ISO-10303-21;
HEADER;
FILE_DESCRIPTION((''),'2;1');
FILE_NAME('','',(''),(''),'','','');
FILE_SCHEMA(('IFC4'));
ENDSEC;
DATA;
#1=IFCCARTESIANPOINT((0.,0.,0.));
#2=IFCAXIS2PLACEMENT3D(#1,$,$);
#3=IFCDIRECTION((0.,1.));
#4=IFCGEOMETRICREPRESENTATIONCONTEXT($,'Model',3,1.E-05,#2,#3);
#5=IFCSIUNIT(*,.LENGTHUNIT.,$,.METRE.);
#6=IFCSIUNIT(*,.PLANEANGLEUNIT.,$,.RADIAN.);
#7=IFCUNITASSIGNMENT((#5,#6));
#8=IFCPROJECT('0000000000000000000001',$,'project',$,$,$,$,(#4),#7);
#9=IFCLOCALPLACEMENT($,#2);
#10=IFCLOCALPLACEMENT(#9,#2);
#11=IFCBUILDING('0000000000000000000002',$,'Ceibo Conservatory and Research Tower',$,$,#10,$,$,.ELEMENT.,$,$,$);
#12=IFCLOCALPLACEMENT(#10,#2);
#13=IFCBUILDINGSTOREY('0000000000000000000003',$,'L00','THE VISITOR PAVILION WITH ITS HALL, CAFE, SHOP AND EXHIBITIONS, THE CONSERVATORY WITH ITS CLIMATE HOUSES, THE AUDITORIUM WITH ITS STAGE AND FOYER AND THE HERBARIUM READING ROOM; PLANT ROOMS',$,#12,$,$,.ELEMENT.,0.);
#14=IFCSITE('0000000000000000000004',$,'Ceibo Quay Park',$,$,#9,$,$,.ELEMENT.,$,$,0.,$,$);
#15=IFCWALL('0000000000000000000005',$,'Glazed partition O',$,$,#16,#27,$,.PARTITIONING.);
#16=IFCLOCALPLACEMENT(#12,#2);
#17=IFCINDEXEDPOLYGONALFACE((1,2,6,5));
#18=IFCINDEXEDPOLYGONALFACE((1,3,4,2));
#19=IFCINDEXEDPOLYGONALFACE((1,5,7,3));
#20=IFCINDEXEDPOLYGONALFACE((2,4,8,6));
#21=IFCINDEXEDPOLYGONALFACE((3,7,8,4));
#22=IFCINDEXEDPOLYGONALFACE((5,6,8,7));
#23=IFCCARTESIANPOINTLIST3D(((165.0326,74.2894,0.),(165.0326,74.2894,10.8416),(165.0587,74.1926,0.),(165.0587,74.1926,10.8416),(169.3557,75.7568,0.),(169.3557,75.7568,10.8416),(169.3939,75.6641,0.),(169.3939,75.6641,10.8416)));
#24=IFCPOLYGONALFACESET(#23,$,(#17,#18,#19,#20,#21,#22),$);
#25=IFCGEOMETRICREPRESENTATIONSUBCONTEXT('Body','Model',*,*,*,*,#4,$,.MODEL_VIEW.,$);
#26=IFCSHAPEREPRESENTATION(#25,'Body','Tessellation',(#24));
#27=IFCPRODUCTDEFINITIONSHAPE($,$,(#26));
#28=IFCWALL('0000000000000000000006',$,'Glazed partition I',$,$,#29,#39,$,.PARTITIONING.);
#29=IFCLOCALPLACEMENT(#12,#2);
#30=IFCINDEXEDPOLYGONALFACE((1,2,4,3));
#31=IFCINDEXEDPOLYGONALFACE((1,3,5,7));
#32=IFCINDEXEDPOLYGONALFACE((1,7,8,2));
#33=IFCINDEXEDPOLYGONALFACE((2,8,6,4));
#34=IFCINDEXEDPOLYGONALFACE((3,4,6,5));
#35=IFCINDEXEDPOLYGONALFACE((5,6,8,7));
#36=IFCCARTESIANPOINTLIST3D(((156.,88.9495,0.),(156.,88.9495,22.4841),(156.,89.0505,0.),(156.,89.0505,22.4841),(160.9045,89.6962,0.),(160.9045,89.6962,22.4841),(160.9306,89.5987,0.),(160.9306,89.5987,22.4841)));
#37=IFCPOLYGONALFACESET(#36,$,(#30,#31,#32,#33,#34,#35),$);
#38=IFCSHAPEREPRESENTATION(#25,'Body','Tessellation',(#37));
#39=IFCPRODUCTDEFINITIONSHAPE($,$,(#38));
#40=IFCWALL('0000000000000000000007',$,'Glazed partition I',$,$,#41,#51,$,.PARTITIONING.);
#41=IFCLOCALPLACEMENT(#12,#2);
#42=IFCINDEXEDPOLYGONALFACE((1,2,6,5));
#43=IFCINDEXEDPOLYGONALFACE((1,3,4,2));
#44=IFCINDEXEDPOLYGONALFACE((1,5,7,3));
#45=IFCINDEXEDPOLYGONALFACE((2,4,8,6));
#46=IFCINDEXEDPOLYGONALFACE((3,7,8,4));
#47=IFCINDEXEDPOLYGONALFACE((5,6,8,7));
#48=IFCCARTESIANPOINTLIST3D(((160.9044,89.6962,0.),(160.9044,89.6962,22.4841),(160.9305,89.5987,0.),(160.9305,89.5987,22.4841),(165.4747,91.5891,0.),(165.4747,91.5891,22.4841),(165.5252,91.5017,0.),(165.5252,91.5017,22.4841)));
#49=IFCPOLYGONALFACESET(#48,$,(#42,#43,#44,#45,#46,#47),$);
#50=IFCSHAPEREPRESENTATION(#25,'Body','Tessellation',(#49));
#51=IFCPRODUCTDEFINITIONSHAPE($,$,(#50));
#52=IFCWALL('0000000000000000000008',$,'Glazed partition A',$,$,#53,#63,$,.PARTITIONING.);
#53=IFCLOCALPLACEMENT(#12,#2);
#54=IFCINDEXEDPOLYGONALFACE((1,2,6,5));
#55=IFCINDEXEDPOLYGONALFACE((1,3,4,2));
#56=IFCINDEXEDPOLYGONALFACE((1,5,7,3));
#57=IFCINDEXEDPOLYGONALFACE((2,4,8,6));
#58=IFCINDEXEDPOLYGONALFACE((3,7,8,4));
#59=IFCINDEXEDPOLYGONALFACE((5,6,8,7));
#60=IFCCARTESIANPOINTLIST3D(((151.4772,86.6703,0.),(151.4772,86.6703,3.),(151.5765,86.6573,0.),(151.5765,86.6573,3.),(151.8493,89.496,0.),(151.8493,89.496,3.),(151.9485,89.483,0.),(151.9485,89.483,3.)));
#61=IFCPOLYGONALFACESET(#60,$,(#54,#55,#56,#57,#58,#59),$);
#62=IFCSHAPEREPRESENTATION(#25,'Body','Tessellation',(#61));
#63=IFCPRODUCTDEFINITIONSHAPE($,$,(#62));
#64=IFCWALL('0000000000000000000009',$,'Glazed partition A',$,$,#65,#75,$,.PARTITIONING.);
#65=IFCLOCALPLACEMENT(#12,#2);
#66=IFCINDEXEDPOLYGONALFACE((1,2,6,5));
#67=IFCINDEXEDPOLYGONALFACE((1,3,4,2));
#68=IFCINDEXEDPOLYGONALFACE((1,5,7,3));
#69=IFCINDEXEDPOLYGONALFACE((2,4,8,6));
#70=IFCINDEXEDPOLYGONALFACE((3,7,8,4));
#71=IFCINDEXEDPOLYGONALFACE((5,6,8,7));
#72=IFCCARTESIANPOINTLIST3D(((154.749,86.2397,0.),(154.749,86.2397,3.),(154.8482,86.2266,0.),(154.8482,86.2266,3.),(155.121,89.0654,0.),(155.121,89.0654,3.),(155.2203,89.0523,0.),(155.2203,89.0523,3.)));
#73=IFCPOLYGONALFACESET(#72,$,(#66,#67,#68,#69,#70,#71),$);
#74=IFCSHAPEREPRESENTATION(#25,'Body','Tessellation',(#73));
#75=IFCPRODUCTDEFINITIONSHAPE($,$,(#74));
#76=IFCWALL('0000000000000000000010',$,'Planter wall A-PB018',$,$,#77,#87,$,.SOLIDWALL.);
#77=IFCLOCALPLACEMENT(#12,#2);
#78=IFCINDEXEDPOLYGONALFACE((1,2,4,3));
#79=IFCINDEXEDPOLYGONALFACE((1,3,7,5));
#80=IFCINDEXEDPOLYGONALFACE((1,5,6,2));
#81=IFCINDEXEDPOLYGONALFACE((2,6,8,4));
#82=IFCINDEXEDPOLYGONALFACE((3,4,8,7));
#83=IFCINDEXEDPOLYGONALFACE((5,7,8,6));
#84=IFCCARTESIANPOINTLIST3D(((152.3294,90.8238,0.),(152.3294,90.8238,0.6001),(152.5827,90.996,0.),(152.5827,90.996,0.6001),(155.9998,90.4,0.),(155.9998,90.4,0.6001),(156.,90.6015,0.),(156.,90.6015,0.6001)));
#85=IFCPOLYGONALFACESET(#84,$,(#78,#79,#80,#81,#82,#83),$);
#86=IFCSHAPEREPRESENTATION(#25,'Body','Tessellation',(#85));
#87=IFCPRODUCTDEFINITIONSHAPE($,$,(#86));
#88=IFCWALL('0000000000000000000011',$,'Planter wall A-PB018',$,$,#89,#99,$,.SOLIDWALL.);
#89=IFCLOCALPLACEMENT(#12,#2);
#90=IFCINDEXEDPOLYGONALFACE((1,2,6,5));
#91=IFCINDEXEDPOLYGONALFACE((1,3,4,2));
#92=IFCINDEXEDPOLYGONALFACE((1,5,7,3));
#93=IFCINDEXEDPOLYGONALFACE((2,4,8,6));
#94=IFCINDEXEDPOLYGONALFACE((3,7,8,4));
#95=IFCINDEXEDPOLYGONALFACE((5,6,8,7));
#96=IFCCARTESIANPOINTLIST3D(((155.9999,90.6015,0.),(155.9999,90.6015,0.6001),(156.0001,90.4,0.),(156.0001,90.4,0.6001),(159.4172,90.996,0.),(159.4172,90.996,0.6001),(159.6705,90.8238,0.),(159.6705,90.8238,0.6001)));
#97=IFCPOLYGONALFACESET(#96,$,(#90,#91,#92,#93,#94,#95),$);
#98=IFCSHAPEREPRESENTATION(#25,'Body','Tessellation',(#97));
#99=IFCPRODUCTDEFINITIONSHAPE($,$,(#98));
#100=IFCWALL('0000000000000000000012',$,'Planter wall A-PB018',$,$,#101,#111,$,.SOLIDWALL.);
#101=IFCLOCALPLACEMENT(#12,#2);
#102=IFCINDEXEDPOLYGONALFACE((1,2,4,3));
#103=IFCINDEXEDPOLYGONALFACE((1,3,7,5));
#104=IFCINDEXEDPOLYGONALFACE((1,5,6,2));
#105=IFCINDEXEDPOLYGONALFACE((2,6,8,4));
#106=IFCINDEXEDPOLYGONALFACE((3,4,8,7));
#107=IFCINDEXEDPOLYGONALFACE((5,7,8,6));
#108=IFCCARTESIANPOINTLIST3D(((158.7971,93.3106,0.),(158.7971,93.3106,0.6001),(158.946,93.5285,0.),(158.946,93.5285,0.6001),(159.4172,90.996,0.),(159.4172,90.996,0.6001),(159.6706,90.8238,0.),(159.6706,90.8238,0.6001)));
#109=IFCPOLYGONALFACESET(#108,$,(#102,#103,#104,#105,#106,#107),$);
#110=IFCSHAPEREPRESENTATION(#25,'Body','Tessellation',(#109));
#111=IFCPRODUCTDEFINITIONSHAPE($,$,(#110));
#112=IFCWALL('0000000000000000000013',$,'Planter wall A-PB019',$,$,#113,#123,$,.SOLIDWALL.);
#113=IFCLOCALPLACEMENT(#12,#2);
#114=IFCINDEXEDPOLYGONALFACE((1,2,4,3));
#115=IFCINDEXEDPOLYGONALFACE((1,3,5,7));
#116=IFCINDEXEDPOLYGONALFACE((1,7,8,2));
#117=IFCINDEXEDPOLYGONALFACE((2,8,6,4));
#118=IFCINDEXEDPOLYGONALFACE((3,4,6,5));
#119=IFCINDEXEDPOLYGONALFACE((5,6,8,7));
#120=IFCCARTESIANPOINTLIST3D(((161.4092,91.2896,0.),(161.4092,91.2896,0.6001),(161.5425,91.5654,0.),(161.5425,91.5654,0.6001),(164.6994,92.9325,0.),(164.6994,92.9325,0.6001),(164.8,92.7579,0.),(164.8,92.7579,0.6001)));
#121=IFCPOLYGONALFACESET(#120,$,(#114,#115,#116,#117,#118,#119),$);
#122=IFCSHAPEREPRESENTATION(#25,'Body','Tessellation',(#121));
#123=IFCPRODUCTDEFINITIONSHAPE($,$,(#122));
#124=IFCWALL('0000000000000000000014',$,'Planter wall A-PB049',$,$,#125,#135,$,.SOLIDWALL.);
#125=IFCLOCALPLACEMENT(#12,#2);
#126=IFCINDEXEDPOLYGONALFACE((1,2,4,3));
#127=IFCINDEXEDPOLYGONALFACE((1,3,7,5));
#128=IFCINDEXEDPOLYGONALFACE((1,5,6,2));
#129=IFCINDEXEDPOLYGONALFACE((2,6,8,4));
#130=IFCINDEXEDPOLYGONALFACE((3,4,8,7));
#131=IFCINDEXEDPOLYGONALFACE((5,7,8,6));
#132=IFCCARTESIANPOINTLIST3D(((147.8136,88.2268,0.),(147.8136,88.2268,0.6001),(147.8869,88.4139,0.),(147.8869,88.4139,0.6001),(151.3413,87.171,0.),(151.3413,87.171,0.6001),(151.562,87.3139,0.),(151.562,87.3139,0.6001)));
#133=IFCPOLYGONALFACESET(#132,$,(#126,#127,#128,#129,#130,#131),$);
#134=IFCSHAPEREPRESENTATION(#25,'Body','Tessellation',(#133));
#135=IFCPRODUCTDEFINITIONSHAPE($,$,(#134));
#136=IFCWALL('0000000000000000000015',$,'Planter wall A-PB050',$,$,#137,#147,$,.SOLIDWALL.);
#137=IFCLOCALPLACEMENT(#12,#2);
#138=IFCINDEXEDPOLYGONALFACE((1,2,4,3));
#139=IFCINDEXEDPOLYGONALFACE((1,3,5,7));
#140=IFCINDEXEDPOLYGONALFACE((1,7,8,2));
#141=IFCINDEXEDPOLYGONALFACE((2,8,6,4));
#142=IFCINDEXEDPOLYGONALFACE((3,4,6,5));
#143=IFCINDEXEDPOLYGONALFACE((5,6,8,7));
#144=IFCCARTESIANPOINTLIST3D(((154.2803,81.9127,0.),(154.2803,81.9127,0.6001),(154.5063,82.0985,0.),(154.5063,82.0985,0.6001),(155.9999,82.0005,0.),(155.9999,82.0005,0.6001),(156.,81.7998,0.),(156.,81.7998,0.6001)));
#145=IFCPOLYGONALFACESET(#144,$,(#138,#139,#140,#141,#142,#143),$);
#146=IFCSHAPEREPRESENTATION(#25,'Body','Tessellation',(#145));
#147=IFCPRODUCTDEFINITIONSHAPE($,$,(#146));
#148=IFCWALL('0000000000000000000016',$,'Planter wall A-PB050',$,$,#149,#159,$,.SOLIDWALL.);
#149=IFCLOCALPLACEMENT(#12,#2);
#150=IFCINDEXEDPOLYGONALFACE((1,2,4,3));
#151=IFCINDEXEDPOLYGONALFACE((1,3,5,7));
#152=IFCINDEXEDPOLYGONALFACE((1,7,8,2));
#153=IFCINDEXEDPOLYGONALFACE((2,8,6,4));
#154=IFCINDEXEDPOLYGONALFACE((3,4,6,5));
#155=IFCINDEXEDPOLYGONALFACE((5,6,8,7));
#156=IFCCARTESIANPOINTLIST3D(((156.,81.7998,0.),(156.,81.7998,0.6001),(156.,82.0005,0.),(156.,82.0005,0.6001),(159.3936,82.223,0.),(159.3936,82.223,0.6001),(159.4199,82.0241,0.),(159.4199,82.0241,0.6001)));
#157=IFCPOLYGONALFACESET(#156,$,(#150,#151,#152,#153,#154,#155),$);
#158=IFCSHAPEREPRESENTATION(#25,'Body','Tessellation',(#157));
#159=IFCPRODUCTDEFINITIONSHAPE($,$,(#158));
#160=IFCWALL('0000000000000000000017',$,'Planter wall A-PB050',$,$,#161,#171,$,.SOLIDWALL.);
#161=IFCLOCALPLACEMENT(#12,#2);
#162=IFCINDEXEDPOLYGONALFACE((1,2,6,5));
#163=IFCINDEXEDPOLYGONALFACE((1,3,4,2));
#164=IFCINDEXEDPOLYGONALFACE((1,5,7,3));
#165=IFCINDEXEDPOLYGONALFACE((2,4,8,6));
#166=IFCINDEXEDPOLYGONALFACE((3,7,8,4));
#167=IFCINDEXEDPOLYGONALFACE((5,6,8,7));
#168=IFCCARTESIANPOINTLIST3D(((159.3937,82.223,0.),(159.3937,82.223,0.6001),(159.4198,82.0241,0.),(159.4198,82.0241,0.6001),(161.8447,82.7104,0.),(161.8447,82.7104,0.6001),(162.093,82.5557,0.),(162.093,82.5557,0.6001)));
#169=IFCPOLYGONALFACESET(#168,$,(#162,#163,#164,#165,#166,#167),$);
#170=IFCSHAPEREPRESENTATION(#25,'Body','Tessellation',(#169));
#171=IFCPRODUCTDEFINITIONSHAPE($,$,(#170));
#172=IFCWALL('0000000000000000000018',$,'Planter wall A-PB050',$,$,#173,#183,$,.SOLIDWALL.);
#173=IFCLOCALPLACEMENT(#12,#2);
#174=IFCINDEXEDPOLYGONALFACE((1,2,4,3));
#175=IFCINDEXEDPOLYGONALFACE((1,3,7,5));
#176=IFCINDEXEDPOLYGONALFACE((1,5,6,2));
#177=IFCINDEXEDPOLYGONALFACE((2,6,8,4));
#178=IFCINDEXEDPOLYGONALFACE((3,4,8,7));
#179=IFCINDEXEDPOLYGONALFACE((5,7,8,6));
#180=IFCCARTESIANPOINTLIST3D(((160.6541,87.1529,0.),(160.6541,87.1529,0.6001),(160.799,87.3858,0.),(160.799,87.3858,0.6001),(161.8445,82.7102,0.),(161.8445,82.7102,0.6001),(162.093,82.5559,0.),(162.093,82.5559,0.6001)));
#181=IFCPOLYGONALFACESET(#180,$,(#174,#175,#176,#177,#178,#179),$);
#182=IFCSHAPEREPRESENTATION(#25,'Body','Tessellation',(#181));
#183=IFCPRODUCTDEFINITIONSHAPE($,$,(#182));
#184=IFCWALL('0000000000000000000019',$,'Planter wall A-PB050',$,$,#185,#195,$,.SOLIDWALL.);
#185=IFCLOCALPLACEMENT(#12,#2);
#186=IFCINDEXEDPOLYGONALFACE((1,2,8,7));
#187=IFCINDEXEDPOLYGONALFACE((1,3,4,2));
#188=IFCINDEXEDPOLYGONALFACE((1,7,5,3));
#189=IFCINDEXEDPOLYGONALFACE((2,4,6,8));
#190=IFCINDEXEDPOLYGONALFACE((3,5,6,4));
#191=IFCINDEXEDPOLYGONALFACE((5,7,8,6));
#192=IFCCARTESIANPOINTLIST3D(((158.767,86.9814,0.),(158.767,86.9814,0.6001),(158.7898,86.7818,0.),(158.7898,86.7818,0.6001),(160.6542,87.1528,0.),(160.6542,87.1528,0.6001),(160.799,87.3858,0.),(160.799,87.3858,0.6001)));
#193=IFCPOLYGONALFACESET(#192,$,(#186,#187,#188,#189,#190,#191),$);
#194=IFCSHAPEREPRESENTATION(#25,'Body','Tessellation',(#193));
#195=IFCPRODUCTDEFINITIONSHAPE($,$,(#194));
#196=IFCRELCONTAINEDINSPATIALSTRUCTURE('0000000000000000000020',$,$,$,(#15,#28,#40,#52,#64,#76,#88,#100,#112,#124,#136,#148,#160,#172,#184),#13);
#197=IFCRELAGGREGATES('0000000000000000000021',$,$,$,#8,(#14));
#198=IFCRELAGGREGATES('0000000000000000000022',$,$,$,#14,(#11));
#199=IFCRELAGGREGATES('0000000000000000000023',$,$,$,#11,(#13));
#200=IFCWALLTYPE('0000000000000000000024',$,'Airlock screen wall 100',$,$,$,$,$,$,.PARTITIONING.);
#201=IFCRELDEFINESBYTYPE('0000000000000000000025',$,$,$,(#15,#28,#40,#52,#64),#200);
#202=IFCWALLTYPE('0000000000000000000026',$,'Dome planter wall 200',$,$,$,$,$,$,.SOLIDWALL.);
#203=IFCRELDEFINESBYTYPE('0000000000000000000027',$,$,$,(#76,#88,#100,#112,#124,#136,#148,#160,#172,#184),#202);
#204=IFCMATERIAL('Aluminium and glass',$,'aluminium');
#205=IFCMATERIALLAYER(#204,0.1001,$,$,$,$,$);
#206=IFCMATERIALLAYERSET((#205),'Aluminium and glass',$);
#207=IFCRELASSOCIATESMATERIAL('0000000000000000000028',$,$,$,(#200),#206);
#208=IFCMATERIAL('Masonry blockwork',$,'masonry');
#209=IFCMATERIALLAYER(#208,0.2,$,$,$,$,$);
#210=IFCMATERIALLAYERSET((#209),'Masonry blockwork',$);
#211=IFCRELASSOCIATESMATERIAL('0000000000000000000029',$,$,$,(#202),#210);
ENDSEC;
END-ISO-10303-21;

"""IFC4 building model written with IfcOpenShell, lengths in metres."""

from ifc_helpers import new_model, si_unit, direction, frame, frame_2d, origin, place, context, subcontext, project, spatial, polyline, rectangle, outline, extrude, material, layer, layer_set, type_object, element, save


model = new_model("IFC4")

# Units and contexts
model_context = context("Model", 3, precision=1e-05, world=origin(), true_north=direction((0.0, 1.0)))
body_context = subcontext(model_context, "Body", "Model", "MODEL_VIEW")
ifc_project = project(units=[si_unit("LENGTHUNIT", "METRE"), si_unit("PLANEANGLEUNIT", "RADIAN")], contexts=[model_context])

# Site, building, storey
site_placement = place(None, origin())
site = spatial("IfcSite", under=ifc_project, at=site_placement, Name="Ceibo Quay Park", CompositionType="ELEMENT", RefElevation=0.0)
building_placement = place(site_placement, origin())
building = spatial("IfcBuilding", under=site, at=building_placement, Name="Ceibo Conservatory and Research Tower", CompositionType="ELEMENT")
storey_placement = place(building_placement, origin())
storey = spatial("IfcBuildingStorey", under=building, at=storey_placement, Name="L00", Description="THE VISITOR PAVILION WITH ITS HALL, CAFE, SHOP AND EXHIBITIONS, THE CONSERVATORY WITH ITS CLIMATE HOUSES, THE AUDITORIUM WITH ITS STAGE AND FOYER AND THE HERBARIUM READING ROOM; PLANT ROOMS", CompositionType="ELEMENT", Elevation=0.0)

# Walls
ifc_material_1 = material(Name="Aluminium and glass", Category="aluminium")
ifc_layer_1 = layer(ifc_material_1, 0.1001)
ifc_layer_set_1 = layer_set([ifc_layer_1], Name="Aluminium and glass")
wall_type_1 = type_object("IfcWallType", Name="Airlock screen wall 100", PredefinedType="PARTITIONING", material=ifc_layer_set_1)
wall_1_placement = place(storey_placement, frame((165.0457, 74.241, 0.0), z_axis=(0.0, 0.0, 1.0), x_axis=(0.946933, 0.32143, 0.0)))
element("IfcWall", 1, at=wall_1_placement, inside=storey, type_object=wall_type_1, Name="Glazed partition O", PredefinedType="PARTITIONING", context=body_context, shape_type="SweptSolid", body=[
    extrude(outline(polyline([(-0.0032, -0.05), (4.575, -0.05), (4.5686, 0.05), (0.0032, 0.05), (-0.0032, -0.05)])), origin(), (0.0, 0.0, 1.0), 10.8416),
])
for number, where, z_axis, x_axis, name in (
    (2, (156.0, 89.0, 0.0), (0.0, 0.0, 1.0), (0.991443, 0.130539, 0.0), "Glazed partition I"),
    (3, (160.9175, 89.6475, 0.0), (0.0, 0.0, 1.0), (0.923893, 0.38265, 0.0), "Glazed partition I"),
):
    element("IfcWall", number, at=place(storey_placement, frame(where, z_axis=z_axis, x_axis=x_axis)), inside=storey, type_object=wall_type_1, Name=name, PredefinedType="PARTITIONING", context=body_context, shape_type="SweptSolid", body=[
        extrude(outline(polyline([(-0.0066, -0.05), (4.9666, -0.05), (4.9534, 0.05), (0.0066, 0.05), (-0.0066, -0.05)])), origin(), (0.0, 0.0, 1.0), 22.4841),
    ])
for number, where, z_axis, x_axis, name in (
    (4, (151.8989, 89.4895, 0.0), (0.0, 0.0, 1.0), (-0.130548, -0.991442, 0.0), "Glazed partition A"),
    (5, (155.1707, 89.0588, 0.0), (0.0, 0.0, 1.0), (-0.130548, -0.991442, 0.0), "Glazed partition A"),
):
    element("IfcWall", number, at=place(storey_placement, frame(where, z_axis=z_axis, x_axis=x_axis)), inside=storey, type_object=wall_type_1, Name=name, PredefinedType="PARTITIONING", context=body_context, shape_type="SweptSolid", body=[
        extrude(rectangle(XDim=2.8501, YDim=0.1001, at=frame_2d((1.425, 0.0))), origin(), (0.0, 0.0, 1.0), 3.0),
    ])

# Walls
ifc_material_2 = material(Name="Masonry blockwork", Category="masonry")
ifc_layer_2 = layer(ifc_material_2, 0.2)
ifc_layer_set_2 = layer_set([ifc_layer_2], Name="Masonry blockwork")
wall_type_2 = type_object("IfcWallType", Name="Dome planter wall 200", PredefinedType="SOLIDWALL", material=ifc_layer_set_2)
wall_2_placement = place(storey_placement, frame((152.4561, 90.9099, 0.0), z_axis=(0.0, 0.0, 1.0), x_axis=(0.993401, -0.114697, 0.0)))
element("IfcWall", 6, at=wall_2_placement, inside=storey, type_object=wall_type_2, Name="Planter wall A-PB018", PredefinedType="SOLIDWALL", context=body_context, shape_type="SweptSolid", body=[
    extrude(outline(polyline([(-0.116, -0.1001), (3.5789, -0.1001), (3.5559, 0.1001), (0.116, 0.1001), (-0.116, -0.1001)])), origin(), (0.0, 0.0, 1.0), 0.6001),
])
wall_3_placement = place(storey_placement, frame((156.0, 90.5007, 0.0), z_axis=(0.0, 0.0, 1.0), x_axis=(0.993401, 0.114697, 0.0)))
element("IfcWall", 7, at=wall_3_placement, inside=storey, type_object=wall_type_2, Name="Planter wall A-PB018", PredefinedType="SOLIDWALL", context=body_context, shape_type="SweptSolid", body=[
    extrude(outline(polyline([(-0.0115, -0.1001), (3.6833, -0.1001), (3.4514, 0.1001), (0.0115, 0.1001), (-0.0115, -0.1001)])), origin(), (0.0, 0.0, 1.0), 0.6001),
])
wall_4_placement = place(storey_placement, frame((159.5439, 90.9099, 0.0), z_axis=(0.0, 0.0, 1.0), x_axis=(-0.258797, 0.965932, 0.0)))
element("IfcWall", 8, at=wall_4_placement, inside=storey, type_object=wall_type_2, Name="Planter wall A-PB018", PredefinedType="SOLIDWALL", context=body_context, shape_type="SweptSolid", body=[
    extrude(outline(polyline([(-0.116, -0.1001), (2.6841, -0.1001), (2.5122, 0.1001), (0.116, 0.1001), (-0.116, -0.1001)])), origin(), (0.0, 0.0, 1.0), 0.6001),
])
wall_5_placement = place(storey_placement, frame((161.4758, 91.4275, 0.0), z_axis=(0.0, 0.0, 1.0), x_axis=(0.917655, 0.397377, 0.0)))
element("IfcWall", 9, at=wall_5_placement, inside=storey, type_object=wall_type_2, Name="Planter wall A-PB019", PredefinedType="SOLIDWALL", context=body_context, shape_type="SweptSolid", body=[
    extrude(outline(polyline([(-0.116, -0.1001), (3.5791, -0.1001), (3.5562, 0.1001), (0.116, 0.1001), (-0.116, -0.1001)])), origin(), (0.0, 0.0, 1.0), 0.6001),
])
wall_6_placement = place(storey_placement, frame((151.4517, 87.2424, 0.0), z_axis=(0.0, 0.0, 1.0), x_axis=(-0.95801, 0.286734, 0.0)))
element("IfcWall", 10, at=wall_6_placement, inside=storey, type_object=wall_type_2, Name="Planter wall A-PB049", PredefinedType="SOLIDWALL", context=body_context, shape_type="SweptSolid", body=[
    extrude(outline(polyline([(-0.0852, -0.1001), (3.751, -0.1001), (3.7676, 0.1001), (0.0852, 0.1001), (-0.0852, -0.1001)])), origin(), (0.0, 0.0, 1.0), 0.6001),
])
wall_7_placement = place(storey_placement, frame((154.3933, 82.0056, 0.0), z_axis=(0.0, 0.0, 1.0), x_axis=(0.997852, -0.065503, 0.0)))
element("IfcWall", 11, at=wall_7_placement, inside=storey, type_object=wall_type_2, Name="Planter wall A-PB050", PredefinedType="SOLIDWALL", context=body_context, shape_type="SweptSolid", body=[
    extrude(outline(polyline([(-0.1067, -0.1001), (1.6167, -0.1001), (1.6035, 0.1001), (0.1067, 0.1001), (-0.1067, -0.1001)])), origin(), (0.0, 0.0, 1.0), 0.6001),
])
wall_8_placement = place(storey_placement, frame((156.0, 81.9001, 0.0), z_axis=(0.0, 0.0, 1.0), x_axis=(0.997857, 0.065432, 0.0)))
element("IfcWall", 12, at=wall_8_placement, inside=storey, type_object=wall_type_2, Name="Planter wall A-PB050", PredefinedType="SOLIDWALL", context=body_context, shape_type="SweptSolid", body=[
    extrude(outline(polyline([(-0.0066, -0.1001), (3.4207, -0.1001), (3.4075, 0.1001), (0.0066, 0.1001), (-0.0066, -0.1001)])), origin(), (0.0, 0.0, 1.0), 0.6001),
])
wall_9_placement = place(storey_placement, frame((159.4067, 82.1235, 0.0), z_axis=(0.0, 0.0, 1.0), x_axis=(0.980792, 0.195056, 0.0)))
element("IfcWall", 13, at=wall_9_placement, inside=storey, type_object=wall_type_2, Name="Planter wall A-PB050", PredefinedType="SOLIDWALL", context=body_context, shape_type="SweptSolid", body=[
    extrude(outline(polyline([(-0.0066, -0.1001), (2.719, -0.1001), (2.5056, 0.1001), (0.0066, 0.1001), (-0.0066, -0.1001)])), origin(), (0.0, 0.0, 1.0), 0.6001),
])
wall_10_placement = place(storey_placement, frame((161.9688, 82.6331, 0.0), z_axis=(0.0, 0.0, 1.0), x_axis=(-0.258802, 0.96593, 0.0)))
element("IfcWall", 14, at=wall_10_placement, inside=storey, type_object=wall_type_2, Name="Planter wall A-PB050", PredefinedType="SOLIDWALL", context=body_context, shape_type="SweptSolid", body=[
    extrude(outline(polyline([(-0.1067, -0.1001), (4.8936, -0.1001), (4.7061, 0.1001), (0.1067, 0.1001), (-0.1067, -0.1001)])), origin(), (0.0, 0.0, 1.0), 0.6001),
])
wall_11_placement = place(storey_placement, frame((160.7266, 87.2693, 0.0), z_axis=(0.0, 0.0, 1.0), x_axis=(-0.980769, -0.195171, 0.0)))
element("IfcWall", 15, at=wall_11_placement, inside=storey, type_object=wall_type_2, Name="Planter wall A-PB050", PredefinedType="SOLIDWALL", context=body_context, shape_type="SweptSolid", body=[
    extrude(outline(polyline([(-0.0938, -0.1001), (1.978, -0.1001), (1.9946, 0.1001), (0.0938, 0.1001), (-0.0938, -0.1001)])), origin(), (0.0, 0.0, 1.0), 0.6001),
])

save(model, "model.ifc")
